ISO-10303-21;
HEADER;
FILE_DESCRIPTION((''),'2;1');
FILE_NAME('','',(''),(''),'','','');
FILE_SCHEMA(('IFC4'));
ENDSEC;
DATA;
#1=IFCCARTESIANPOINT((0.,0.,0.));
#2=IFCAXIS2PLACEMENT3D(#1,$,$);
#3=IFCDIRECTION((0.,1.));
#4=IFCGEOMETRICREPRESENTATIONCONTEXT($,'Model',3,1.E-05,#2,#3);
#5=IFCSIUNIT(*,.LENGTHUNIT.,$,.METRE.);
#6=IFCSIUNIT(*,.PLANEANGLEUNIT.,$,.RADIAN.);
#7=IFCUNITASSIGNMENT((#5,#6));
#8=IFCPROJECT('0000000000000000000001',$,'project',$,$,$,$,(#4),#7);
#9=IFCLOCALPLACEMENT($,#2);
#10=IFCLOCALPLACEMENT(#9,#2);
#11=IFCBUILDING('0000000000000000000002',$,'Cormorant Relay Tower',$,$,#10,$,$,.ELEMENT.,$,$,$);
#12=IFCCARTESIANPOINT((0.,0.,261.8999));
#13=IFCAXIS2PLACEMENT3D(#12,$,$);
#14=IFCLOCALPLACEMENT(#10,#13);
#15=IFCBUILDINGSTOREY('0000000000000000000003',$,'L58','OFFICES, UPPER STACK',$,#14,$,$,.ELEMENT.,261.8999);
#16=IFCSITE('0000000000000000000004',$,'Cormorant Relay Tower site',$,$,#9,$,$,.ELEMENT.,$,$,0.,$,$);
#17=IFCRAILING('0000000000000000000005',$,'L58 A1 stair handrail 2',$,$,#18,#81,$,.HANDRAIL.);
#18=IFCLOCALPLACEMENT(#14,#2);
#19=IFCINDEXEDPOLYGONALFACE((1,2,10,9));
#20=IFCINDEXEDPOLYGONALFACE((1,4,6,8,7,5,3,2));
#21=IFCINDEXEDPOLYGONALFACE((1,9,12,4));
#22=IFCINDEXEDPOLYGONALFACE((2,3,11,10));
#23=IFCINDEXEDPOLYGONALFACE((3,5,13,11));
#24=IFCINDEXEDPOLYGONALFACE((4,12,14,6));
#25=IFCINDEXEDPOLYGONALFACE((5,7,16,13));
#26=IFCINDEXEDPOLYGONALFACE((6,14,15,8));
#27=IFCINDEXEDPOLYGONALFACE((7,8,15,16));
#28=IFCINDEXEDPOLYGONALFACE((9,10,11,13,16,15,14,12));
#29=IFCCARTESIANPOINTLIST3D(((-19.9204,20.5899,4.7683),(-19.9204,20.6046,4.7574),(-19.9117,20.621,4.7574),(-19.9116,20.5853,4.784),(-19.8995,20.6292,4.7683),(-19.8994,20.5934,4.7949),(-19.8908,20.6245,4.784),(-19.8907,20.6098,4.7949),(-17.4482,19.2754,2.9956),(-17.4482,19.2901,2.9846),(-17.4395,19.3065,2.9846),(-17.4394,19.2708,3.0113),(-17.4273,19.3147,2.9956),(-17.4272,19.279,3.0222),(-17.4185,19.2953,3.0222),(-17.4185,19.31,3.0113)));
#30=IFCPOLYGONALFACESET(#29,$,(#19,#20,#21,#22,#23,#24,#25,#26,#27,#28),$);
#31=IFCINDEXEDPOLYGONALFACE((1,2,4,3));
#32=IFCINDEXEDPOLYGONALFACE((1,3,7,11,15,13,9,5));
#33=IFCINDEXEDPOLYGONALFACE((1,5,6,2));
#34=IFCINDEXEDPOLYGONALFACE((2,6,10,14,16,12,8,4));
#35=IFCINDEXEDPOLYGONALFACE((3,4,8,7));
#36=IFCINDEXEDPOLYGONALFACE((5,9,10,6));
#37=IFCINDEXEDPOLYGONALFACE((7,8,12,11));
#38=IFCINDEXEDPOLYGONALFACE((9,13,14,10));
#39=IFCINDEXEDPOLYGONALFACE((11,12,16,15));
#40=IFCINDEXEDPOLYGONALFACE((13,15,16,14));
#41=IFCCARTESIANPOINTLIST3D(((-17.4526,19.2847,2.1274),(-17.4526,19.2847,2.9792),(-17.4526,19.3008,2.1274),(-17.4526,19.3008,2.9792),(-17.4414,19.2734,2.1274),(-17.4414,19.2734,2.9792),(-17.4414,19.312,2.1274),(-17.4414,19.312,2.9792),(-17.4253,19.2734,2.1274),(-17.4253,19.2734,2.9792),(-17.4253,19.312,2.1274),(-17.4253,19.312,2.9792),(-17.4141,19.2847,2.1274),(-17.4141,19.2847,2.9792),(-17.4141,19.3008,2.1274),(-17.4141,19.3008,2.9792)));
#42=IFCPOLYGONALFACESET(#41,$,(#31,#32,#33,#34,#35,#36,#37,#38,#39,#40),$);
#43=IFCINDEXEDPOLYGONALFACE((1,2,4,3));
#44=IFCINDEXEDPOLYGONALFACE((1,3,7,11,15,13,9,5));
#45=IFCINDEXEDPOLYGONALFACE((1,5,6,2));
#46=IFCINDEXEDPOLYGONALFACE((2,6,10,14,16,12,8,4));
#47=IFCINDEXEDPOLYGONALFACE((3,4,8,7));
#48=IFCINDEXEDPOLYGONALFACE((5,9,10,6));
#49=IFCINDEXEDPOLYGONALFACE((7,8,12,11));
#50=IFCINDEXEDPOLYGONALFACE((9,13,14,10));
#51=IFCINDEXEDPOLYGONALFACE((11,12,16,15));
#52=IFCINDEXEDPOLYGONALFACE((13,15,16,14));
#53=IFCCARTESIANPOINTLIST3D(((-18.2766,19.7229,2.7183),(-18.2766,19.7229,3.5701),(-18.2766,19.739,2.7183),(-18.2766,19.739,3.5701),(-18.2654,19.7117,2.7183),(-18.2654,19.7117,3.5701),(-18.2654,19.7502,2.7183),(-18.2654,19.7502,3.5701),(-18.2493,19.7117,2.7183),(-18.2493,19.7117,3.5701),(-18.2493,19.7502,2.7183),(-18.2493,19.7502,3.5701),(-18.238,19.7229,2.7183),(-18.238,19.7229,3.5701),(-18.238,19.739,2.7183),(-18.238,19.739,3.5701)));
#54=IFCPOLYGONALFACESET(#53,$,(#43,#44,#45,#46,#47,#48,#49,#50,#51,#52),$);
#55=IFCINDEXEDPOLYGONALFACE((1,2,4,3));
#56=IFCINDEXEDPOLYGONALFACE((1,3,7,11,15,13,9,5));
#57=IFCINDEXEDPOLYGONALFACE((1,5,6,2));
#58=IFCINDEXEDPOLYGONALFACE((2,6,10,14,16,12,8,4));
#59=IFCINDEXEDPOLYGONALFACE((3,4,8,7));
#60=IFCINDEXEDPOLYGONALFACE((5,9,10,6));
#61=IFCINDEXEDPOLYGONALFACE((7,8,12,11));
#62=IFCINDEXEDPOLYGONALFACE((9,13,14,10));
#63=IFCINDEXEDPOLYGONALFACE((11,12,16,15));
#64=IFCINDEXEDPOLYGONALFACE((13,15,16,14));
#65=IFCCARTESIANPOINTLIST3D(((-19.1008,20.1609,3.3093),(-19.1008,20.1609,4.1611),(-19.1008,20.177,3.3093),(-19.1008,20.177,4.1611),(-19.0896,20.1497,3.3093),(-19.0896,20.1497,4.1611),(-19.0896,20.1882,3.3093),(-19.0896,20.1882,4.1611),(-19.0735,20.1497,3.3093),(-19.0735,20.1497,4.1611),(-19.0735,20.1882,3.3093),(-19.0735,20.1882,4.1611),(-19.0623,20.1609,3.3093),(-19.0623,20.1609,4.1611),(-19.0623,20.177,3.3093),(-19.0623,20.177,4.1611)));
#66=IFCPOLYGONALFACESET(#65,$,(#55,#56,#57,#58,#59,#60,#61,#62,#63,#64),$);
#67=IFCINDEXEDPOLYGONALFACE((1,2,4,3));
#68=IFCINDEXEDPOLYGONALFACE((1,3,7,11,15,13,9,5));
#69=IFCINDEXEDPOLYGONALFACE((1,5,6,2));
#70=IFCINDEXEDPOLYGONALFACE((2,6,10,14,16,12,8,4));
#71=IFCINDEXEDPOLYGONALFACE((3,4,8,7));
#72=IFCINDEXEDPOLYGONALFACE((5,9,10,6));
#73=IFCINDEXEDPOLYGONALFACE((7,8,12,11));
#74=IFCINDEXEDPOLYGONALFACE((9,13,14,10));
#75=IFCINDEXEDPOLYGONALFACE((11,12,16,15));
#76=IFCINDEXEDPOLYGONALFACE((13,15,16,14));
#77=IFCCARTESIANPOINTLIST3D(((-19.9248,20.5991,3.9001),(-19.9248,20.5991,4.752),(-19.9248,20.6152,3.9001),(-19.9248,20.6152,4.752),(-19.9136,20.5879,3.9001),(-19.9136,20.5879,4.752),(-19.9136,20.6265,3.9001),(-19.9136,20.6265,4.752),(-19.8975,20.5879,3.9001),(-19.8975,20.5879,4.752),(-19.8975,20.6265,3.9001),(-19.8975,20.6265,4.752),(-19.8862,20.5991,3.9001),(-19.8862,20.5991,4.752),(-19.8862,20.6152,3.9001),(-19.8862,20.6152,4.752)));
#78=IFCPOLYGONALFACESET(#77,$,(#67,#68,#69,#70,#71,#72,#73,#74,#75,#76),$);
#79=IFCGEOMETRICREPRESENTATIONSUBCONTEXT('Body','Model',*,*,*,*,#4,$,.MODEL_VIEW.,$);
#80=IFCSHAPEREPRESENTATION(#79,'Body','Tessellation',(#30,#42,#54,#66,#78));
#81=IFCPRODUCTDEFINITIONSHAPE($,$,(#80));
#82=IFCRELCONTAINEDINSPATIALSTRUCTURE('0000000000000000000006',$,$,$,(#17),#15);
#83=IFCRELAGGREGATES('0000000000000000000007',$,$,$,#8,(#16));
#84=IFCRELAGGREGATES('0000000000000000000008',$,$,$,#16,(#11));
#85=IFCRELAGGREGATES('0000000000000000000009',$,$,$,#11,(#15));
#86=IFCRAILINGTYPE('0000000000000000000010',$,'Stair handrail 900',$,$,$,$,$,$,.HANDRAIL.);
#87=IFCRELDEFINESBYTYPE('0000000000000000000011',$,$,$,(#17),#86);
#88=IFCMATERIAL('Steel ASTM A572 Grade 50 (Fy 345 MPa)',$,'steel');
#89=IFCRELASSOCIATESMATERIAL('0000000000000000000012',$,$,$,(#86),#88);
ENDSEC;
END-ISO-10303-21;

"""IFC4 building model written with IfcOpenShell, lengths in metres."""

from ifc_helpers import new_model, si_unit, direction, frame, origin, place, context, subcontext, project, spatial, polyline, outline, extrude, material, type_object, element, save


model = new_model("IFC4")

# Units and contexts
model_context = context("Model", 3, precision=1e-05, world=origin(), true_north=direction((0.0, 1.0)))
body_context = subcontext(model_context, "Body", "Model", "MODEL_VIEW")
ifc_project = project(units=[si_unit("LENGTHUNIT", "METRE"), si_unit("PLANEANGLEUNIT", "RADIAN")], contexts=[model_context])

# Site, building, storey
site_placement = place(None, origin())
site = spatial("IfcSite", under=ifc_project, at=site_placement, Name="Cormorant Relay Tower site", CompositionType="ELEMENT", RefElevation=0.0)
building_placement = place(site_placement, origin())
building = spatial("IfcBuilding", under=site, at=building_placement, Name="Cormorant Relay Tower", CompositionType="ELEMENT")
storey_placement = place(building_placement, frame((0.0, 0.0, 261.8999)))
storey = spatial("IfcBuildingStorey", under=building, at=storey_placement, Name="L58", Description="OFFICES, UPPER STACK", CompositionType="ELEMENT", Elevation=261.8999)

# Railing
ifc_material_1 = material(Name="Steel ASTM A572 Grade 50 (Fy 345 MPa)", Category="steel")
railing_type_1 = type_object("IfcRailingType", Name="Stair handrail 900", PredefinedType="HANDRAIL", material=ifc_material_1)
railing_1_placement = place(storey_placement, frame((-17.4333, 19.2927, 2.1274)))
element("IfcRailing", 1, at=railing_1_placement, inside=storey, type_object=railing_type_1, Name="L58 A1 stair handrail 2", PredefinedType="HANDRAIL", context=body_context, shape_type="SweptSolid", body=[
    extrude(outline(polyline([(0.0222, 0.0093), (0.0093, 0.0222), (-0.0093, 0.0222), (-0.0222, 0.0093), (-0.0222, -0.0093), (-0.0093, -0.0222), (0.0093, -0.0222), (0.0222, -0.0093), (0.0222, 0.0093)])), frame((0.0, 0.0, 0.876), z_axis=(-0.746001, 0.396649, 0.534931), x_axis=(-0.469465, -0.882951, 0.0)), (0.0, 0.0, 1.0), 3.314),
    extrude(outline(polyline([(0.0193, 0.0081), (0.0081, 0.0193), (-0.0081, 0.0193), (-0.0193, 0.0081), (-0.0193, -0.0081), (-0.0081, -0.0193), (0.0081, -0.0193), (0.0193, -0.0081), (0.0193, 0.0081)])), origin(), (0.0, 0.0, 1.0), 0.8518),
    extrude(outline(polyline([(0.0193, 0.0081), (0.0081, 0.0193), (-0.0081, 0.0193), (-0.0193, 0.0081), (-0.0193, -0.0081), (-0.0081, -0.0193), (0.0081, -0.0193), (0.0193, -0.0081), (0.0193, 0.0081)])), frame((-0.824, 0.4382, 0.5908)), (0.0, 0.0, 1.0), 0.8518),
    extrude(outline(polyline([(0.0193, 0.0081), (0.0081, 0.0193), (-0.0081, 0.0193), (-0.0193, 0.0081), (-0.0193, -0.0081), (-0.0081, -0.0193), (0.0081, -0.0193), (0.0193, -0.0081), (0.0193, 0.0081)])), frame((-1.6482, 0.8762, 1.1819)), (0.0, 0.0, 1.0), 0.8518),
    extrude(outline(polyline([(0.0193, 0.0081), (0.0081, 0.0193), (-0.0081, 0.0193), (-0.0193, 0.0081), (-0.0193, -0.0081), (-0.0081, -0.0193), (0.0081, -0.0193), (0.0193, -0.0081), (0.0193, 0.0081)])), frame((-2.4722, 1.3145, 1.7727)), (0.0, 0.0, 1.0), 0.8518),
])

save(model, "model.ifc")
